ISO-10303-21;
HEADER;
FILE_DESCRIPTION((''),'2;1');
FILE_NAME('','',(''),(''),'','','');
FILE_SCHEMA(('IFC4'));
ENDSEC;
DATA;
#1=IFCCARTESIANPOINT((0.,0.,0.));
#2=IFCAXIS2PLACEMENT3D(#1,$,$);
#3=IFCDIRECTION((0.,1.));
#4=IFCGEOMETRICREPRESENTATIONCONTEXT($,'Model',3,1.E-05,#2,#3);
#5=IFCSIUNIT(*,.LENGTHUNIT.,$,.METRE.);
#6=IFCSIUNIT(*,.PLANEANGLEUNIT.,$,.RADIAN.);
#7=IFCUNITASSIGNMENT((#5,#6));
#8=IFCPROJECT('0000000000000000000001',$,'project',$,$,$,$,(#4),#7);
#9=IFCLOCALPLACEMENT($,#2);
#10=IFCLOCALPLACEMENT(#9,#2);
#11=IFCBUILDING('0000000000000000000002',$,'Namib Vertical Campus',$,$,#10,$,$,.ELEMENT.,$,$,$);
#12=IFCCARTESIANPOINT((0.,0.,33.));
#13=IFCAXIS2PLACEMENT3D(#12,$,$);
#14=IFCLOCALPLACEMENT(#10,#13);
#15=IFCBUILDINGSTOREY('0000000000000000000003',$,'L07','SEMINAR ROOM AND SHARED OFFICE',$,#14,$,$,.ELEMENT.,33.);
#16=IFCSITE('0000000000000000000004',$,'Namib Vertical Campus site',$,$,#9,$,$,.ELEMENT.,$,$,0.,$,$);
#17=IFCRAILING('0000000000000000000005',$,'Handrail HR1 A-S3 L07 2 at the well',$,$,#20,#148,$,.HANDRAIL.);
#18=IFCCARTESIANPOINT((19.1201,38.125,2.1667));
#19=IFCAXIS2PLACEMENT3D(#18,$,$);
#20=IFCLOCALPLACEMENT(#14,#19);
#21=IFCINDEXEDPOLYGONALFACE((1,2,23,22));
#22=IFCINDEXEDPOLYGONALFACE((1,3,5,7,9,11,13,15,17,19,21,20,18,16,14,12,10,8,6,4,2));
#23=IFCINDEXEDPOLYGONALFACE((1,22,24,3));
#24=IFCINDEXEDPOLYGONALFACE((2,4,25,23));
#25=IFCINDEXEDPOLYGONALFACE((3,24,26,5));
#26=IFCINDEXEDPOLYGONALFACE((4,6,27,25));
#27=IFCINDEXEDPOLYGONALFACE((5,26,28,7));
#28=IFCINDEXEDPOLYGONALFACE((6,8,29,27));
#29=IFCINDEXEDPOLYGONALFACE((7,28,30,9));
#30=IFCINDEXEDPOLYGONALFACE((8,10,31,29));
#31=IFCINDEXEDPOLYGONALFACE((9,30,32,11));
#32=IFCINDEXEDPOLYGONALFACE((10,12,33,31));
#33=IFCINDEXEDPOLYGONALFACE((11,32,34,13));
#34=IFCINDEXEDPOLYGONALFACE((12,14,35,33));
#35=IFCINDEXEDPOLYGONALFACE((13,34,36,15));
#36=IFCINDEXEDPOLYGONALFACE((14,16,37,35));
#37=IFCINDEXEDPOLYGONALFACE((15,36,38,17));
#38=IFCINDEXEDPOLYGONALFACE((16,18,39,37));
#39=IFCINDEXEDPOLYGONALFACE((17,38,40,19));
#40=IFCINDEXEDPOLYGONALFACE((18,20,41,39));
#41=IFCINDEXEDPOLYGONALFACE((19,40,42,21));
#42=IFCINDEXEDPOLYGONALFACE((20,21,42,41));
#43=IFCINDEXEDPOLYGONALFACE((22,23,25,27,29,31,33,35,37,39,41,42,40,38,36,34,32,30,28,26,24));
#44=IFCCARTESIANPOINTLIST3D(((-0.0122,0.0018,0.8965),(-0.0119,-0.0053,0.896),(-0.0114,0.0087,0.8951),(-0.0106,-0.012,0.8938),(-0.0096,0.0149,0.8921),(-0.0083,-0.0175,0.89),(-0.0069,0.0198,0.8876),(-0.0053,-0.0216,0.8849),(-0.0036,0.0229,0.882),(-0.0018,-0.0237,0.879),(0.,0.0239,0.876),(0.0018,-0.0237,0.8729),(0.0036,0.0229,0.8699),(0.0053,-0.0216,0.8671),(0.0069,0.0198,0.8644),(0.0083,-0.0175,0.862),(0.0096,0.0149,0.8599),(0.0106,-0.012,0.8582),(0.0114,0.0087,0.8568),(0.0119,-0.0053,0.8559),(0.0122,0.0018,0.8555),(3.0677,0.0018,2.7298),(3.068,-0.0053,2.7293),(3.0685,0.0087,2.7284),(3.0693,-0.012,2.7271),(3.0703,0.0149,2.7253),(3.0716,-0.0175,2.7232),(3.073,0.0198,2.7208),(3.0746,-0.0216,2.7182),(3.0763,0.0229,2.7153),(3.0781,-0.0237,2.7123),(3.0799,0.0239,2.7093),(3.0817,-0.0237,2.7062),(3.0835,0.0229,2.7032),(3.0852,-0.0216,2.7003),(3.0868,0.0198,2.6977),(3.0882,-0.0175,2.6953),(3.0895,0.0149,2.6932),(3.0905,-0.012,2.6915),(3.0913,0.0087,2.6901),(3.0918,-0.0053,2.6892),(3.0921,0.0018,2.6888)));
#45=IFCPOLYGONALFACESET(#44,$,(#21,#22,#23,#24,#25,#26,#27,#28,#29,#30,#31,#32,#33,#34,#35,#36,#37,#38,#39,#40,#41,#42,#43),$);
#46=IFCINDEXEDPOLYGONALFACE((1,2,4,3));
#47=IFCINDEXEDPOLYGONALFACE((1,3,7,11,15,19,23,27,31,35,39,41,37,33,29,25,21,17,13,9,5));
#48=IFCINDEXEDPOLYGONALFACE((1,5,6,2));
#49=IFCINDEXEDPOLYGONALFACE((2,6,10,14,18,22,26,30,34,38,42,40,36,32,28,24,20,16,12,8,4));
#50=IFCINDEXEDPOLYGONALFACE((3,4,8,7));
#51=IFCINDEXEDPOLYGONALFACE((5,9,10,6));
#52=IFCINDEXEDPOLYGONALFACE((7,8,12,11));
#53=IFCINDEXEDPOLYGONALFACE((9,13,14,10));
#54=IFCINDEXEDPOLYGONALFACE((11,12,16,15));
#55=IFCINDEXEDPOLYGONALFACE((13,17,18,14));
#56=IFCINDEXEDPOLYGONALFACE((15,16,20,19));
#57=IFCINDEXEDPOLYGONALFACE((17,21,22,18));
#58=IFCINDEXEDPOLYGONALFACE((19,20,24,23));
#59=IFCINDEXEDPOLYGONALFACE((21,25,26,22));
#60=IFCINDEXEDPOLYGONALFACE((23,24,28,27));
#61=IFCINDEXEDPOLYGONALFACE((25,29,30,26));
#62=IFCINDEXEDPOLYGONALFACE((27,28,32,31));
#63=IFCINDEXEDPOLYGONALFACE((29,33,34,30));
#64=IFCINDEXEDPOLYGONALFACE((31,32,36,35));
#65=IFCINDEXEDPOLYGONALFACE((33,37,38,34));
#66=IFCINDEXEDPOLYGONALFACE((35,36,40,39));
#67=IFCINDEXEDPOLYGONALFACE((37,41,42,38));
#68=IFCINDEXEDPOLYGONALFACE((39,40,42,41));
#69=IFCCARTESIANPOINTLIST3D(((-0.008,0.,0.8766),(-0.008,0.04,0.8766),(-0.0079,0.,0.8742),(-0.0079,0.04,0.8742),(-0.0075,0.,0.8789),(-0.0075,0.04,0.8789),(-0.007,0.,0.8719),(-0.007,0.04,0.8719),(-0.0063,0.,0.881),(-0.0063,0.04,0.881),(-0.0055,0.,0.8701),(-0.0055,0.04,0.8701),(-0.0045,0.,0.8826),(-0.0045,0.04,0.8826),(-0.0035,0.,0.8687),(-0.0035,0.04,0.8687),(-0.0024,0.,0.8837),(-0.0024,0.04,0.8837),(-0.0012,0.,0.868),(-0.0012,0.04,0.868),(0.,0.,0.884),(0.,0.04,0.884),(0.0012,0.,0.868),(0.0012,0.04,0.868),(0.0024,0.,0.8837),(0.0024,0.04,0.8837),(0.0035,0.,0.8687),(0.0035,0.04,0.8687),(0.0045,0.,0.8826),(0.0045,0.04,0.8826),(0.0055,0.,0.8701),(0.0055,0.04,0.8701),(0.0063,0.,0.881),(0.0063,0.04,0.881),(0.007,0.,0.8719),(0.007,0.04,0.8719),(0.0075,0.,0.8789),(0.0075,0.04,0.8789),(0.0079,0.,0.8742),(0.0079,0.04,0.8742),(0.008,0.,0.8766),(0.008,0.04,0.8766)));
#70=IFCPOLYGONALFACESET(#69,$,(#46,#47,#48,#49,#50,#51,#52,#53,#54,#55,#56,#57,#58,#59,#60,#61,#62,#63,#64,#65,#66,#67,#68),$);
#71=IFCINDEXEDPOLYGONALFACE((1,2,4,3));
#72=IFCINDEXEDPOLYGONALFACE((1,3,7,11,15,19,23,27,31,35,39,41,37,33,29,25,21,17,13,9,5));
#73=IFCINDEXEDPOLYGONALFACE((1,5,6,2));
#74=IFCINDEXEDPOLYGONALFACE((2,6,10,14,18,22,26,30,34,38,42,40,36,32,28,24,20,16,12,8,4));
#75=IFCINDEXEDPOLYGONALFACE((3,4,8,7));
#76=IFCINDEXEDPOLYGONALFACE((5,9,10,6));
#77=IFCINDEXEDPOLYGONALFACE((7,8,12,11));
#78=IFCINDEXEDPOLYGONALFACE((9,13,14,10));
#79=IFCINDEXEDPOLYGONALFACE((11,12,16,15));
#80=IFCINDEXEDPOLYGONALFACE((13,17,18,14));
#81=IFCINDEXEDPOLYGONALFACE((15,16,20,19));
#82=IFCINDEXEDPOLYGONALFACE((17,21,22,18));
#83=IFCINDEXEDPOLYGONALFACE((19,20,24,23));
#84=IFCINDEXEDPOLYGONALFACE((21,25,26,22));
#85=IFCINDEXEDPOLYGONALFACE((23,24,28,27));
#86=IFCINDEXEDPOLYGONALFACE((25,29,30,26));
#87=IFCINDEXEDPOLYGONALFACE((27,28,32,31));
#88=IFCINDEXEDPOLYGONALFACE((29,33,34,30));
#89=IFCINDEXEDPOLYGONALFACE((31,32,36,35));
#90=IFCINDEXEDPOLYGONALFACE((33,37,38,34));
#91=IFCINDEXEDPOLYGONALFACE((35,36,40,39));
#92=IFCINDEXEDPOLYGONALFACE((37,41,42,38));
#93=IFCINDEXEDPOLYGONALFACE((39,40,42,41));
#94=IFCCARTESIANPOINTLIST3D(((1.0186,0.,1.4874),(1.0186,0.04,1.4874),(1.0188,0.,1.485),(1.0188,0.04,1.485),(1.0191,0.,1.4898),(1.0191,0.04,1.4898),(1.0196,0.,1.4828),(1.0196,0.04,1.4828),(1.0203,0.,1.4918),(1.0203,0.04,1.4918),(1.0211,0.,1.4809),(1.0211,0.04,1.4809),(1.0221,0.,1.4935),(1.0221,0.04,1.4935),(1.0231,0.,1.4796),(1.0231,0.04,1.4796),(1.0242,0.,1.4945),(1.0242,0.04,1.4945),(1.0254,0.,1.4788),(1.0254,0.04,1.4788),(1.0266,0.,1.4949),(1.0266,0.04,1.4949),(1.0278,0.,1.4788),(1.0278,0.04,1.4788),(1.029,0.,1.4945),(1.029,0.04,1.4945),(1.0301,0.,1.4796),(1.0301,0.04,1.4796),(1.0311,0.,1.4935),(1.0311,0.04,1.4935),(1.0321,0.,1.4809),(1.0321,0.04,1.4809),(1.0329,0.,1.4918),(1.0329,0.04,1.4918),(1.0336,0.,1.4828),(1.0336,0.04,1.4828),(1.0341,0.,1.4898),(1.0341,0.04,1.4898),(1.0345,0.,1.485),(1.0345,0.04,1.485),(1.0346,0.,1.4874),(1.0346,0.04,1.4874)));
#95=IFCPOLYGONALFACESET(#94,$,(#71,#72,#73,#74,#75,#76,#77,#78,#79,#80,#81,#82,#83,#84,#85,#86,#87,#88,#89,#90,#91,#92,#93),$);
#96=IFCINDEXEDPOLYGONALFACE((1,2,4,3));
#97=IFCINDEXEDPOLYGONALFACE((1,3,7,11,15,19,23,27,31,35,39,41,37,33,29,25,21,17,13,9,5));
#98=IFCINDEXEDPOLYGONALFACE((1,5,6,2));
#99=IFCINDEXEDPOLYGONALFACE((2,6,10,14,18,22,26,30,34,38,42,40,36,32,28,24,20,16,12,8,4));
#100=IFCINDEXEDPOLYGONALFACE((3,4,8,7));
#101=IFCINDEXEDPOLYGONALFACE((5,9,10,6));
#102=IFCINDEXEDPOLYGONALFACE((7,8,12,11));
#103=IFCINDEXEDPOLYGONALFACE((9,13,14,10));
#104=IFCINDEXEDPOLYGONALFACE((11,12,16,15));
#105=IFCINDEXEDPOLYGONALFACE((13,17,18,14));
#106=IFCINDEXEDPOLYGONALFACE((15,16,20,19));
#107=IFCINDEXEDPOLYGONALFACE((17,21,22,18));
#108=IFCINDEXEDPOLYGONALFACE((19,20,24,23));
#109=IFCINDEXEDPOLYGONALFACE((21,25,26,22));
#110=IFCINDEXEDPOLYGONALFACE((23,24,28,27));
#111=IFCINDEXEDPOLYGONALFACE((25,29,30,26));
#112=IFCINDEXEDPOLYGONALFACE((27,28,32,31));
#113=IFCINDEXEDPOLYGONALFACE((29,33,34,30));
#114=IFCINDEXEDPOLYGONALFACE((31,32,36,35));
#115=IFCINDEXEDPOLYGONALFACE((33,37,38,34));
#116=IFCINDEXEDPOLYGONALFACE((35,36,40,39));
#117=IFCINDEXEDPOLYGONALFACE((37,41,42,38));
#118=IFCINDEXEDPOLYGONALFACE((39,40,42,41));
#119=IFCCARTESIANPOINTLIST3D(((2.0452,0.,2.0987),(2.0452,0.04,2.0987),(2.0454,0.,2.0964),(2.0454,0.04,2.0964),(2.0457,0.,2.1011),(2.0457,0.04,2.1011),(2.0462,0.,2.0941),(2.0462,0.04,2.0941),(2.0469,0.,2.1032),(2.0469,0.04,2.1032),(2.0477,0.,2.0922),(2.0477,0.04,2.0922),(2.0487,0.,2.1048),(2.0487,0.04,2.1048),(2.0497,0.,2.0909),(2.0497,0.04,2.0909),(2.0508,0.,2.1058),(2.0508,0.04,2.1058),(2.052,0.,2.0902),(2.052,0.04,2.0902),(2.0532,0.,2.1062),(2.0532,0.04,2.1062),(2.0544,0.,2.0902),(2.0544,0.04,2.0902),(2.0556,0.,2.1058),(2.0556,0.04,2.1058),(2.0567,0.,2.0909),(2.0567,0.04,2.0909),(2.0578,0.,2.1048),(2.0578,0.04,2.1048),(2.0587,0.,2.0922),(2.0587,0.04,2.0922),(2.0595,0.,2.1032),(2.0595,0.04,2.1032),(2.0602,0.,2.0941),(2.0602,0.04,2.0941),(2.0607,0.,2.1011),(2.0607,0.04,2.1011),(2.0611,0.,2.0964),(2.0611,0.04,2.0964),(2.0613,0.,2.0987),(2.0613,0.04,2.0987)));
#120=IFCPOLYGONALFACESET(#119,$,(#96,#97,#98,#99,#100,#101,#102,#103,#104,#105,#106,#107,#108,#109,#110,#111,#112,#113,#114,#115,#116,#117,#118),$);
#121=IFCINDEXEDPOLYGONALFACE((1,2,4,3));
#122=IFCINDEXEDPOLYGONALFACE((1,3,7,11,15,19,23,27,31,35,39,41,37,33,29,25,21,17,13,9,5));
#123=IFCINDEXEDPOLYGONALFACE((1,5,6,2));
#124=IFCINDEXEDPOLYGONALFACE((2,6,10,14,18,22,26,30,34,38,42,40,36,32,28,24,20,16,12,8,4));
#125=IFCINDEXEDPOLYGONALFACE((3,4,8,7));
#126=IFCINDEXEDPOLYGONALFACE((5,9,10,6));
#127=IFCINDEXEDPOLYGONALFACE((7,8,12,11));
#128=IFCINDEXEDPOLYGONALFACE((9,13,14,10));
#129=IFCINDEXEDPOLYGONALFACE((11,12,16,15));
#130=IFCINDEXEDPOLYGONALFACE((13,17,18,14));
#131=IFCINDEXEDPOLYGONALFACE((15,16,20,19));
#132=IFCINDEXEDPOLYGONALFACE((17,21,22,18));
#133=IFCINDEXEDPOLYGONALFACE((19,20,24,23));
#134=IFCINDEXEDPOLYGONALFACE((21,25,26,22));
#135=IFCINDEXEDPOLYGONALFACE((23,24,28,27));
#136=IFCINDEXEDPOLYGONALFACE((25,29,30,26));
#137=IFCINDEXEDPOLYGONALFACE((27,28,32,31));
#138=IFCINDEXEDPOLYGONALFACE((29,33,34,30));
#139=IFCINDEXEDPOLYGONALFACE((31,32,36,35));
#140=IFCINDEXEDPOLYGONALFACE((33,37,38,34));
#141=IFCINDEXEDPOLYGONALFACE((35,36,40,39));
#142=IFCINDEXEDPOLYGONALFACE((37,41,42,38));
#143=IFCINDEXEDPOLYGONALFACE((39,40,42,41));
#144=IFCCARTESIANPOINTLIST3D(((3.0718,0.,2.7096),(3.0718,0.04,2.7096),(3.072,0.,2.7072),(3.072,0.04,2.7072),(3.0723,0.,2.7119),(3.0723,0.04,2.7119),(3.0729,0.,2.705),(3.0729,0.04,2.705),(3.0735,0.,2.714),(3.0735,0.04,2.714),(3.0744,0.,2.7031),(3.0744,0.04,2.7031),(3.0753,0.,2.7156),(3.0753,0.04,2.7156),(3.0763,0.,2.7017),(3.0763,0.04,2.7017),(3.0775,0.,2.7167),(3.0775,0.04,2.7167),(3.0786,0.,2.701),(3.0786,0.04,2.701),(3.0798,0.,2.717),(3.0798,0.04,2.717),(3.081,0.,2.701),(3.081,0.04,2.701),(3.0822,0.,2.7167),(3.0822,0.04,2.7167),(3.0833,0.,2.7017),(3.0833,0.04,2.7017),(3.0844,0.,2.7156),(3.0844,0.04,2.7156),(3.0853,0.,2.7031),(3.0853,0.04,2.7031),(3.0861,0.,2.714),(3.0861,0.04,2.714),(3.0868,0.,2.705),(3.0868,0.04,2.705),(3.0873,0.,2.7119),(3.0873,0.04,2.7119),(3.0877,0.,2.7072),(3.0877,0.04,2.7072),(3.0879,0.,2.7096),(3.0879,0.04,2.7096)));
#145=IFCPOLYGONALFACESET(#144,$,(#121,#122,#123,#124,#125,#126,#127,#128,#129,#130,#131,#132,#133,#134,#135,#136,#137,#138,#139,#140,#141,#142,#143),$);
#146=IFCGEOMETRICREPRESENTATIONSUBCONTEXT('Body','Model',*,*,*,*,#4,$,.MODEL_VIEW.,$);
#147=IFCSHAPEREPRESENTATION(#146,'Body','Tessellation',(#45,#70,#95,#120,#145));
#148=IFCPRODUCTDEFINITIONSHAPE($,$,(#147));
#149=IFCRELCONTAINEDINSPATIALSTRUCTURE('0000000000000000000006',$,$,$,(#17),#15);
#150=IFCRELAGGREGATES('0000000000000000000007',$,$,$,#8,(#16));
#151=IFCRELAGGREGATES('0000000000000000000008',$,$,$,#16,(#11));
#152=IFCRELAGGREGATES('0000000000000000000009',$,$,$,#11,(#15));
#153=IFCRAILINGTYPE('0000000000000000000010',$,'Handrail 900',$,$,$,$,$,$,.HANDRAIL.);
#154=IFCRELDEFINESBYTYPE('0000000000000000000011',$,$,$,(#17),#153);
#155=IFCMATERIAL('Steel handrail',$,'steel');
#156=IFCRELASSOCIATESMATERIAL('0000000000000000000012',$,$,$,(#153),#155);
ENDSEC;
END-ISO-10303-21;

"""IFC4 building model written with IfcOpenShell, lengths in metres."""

from ifc_helpers import new_model, si_unit, direction, frame, origin, origin_2d, place, context, subcontext, project, spatial, circle, extrude, material, type_object, element, save


model = new_model("IFC4")

# Units and contexts
model_context = context("Model", 3, precision=1e-05, world=origin(), true_north=direction((0.0, 1.0)))
body_context = subcontext(model_context, "Body", "Model", "MODEL_VIEW")
ifc_project = project(units=[si_unit("LENGTHUNIT", "METRE"), si_unit("PLANEANGLEUNIT", "RADIAN")], contexts=[model_context])

# Site, building, storey
site_placement = place(None, origin())
site = spatial("IfcSite", under=ifc_project, at=site_placement, Name="Namib Vertical Campus site", CompositionType="ELEMENT", RefElevation=0.0)
building_placement = place(site_placement, origin())
building = spatial("IfcBuilding", under=site, at=building_placement, Name="Namib Vertical Campus", CompositionType="ELEMENT")
storey_placement = place(building_placement, frame((0.0, 0.0, 33.0)))
storey = spatial("IfcBuildingStorey", under=building, at=storey_placement, Name="L07", Description="SEMINAR ROOM AND SHARED OFFICE", CompositionType="ELEMENT", Elevation=33.0)

# Railing
ifc_material_1 = material(Name="Steel handrail", Category="steel")
railing_type = type_object("IfcRailingType", Name="Handrail 900", PredefinedType="HANDRAIL", material=ifc_material_1)
railing_1_placement = place(storey_placement, frame((19.1201, 38.125, 2.1667)))
element("IfcRailing", 1, at=railing_1_placement, inside=storey, type_object=railing_type, Name="Handrail HR1 A-S3 L07 2 at the well", PredefinedType="HANDRAIL", context=body_context, shape_type="SweptSolid", body=[
    extrude(circle(Radius=0.0239, at=origin_2d()), frame((0.0, 0.0, 0.876), z_axis=(0.859291, 0.0, 0.511487), x_axis=(0.0, 1.0, 0.0)), (0.0, 0.0, 1.0), 3.5842),
    extrude(circle(Radius=0.0081, at=origin_2d()), frame((0.0, 0.0, 0.876), z_axis=(0.0, 1.0, 0.0), x_axis=(0.0, 0.0, 1.0)), (0.0, 0.0, 1.0), 0.04),
    extrude(circle(Radius=0.0081, at=origin_2d()), frame((1.0266, 0.0, 1.4868), z_axis=(0.0, 1.0, 0.0), x_axis=(0.0, 0.0, 1.0)), (0.0, 0.0, 1.0), 0.04),
    extrude(circle(Radius=0.0081, at=origin_2d()), frame((2.0532, 0.0, 2.0981), z_axis=(0.0, 1.0, 0.0), x_axis=(0.0, 0.0, 1.0)), (0.0, 0.0, 1.0), 0.04),
    extrude(circle(Radius=0.0081, at=origin_2d()), frame((3.0798, 0.0, 2.709), z_axis=(0.0, 1.0, 0.0), x_axis=(0.0, 0.0, 1.0)), (0.0, 0.0, 1.0), 0.04),
])

save(model, "model.ifc")
